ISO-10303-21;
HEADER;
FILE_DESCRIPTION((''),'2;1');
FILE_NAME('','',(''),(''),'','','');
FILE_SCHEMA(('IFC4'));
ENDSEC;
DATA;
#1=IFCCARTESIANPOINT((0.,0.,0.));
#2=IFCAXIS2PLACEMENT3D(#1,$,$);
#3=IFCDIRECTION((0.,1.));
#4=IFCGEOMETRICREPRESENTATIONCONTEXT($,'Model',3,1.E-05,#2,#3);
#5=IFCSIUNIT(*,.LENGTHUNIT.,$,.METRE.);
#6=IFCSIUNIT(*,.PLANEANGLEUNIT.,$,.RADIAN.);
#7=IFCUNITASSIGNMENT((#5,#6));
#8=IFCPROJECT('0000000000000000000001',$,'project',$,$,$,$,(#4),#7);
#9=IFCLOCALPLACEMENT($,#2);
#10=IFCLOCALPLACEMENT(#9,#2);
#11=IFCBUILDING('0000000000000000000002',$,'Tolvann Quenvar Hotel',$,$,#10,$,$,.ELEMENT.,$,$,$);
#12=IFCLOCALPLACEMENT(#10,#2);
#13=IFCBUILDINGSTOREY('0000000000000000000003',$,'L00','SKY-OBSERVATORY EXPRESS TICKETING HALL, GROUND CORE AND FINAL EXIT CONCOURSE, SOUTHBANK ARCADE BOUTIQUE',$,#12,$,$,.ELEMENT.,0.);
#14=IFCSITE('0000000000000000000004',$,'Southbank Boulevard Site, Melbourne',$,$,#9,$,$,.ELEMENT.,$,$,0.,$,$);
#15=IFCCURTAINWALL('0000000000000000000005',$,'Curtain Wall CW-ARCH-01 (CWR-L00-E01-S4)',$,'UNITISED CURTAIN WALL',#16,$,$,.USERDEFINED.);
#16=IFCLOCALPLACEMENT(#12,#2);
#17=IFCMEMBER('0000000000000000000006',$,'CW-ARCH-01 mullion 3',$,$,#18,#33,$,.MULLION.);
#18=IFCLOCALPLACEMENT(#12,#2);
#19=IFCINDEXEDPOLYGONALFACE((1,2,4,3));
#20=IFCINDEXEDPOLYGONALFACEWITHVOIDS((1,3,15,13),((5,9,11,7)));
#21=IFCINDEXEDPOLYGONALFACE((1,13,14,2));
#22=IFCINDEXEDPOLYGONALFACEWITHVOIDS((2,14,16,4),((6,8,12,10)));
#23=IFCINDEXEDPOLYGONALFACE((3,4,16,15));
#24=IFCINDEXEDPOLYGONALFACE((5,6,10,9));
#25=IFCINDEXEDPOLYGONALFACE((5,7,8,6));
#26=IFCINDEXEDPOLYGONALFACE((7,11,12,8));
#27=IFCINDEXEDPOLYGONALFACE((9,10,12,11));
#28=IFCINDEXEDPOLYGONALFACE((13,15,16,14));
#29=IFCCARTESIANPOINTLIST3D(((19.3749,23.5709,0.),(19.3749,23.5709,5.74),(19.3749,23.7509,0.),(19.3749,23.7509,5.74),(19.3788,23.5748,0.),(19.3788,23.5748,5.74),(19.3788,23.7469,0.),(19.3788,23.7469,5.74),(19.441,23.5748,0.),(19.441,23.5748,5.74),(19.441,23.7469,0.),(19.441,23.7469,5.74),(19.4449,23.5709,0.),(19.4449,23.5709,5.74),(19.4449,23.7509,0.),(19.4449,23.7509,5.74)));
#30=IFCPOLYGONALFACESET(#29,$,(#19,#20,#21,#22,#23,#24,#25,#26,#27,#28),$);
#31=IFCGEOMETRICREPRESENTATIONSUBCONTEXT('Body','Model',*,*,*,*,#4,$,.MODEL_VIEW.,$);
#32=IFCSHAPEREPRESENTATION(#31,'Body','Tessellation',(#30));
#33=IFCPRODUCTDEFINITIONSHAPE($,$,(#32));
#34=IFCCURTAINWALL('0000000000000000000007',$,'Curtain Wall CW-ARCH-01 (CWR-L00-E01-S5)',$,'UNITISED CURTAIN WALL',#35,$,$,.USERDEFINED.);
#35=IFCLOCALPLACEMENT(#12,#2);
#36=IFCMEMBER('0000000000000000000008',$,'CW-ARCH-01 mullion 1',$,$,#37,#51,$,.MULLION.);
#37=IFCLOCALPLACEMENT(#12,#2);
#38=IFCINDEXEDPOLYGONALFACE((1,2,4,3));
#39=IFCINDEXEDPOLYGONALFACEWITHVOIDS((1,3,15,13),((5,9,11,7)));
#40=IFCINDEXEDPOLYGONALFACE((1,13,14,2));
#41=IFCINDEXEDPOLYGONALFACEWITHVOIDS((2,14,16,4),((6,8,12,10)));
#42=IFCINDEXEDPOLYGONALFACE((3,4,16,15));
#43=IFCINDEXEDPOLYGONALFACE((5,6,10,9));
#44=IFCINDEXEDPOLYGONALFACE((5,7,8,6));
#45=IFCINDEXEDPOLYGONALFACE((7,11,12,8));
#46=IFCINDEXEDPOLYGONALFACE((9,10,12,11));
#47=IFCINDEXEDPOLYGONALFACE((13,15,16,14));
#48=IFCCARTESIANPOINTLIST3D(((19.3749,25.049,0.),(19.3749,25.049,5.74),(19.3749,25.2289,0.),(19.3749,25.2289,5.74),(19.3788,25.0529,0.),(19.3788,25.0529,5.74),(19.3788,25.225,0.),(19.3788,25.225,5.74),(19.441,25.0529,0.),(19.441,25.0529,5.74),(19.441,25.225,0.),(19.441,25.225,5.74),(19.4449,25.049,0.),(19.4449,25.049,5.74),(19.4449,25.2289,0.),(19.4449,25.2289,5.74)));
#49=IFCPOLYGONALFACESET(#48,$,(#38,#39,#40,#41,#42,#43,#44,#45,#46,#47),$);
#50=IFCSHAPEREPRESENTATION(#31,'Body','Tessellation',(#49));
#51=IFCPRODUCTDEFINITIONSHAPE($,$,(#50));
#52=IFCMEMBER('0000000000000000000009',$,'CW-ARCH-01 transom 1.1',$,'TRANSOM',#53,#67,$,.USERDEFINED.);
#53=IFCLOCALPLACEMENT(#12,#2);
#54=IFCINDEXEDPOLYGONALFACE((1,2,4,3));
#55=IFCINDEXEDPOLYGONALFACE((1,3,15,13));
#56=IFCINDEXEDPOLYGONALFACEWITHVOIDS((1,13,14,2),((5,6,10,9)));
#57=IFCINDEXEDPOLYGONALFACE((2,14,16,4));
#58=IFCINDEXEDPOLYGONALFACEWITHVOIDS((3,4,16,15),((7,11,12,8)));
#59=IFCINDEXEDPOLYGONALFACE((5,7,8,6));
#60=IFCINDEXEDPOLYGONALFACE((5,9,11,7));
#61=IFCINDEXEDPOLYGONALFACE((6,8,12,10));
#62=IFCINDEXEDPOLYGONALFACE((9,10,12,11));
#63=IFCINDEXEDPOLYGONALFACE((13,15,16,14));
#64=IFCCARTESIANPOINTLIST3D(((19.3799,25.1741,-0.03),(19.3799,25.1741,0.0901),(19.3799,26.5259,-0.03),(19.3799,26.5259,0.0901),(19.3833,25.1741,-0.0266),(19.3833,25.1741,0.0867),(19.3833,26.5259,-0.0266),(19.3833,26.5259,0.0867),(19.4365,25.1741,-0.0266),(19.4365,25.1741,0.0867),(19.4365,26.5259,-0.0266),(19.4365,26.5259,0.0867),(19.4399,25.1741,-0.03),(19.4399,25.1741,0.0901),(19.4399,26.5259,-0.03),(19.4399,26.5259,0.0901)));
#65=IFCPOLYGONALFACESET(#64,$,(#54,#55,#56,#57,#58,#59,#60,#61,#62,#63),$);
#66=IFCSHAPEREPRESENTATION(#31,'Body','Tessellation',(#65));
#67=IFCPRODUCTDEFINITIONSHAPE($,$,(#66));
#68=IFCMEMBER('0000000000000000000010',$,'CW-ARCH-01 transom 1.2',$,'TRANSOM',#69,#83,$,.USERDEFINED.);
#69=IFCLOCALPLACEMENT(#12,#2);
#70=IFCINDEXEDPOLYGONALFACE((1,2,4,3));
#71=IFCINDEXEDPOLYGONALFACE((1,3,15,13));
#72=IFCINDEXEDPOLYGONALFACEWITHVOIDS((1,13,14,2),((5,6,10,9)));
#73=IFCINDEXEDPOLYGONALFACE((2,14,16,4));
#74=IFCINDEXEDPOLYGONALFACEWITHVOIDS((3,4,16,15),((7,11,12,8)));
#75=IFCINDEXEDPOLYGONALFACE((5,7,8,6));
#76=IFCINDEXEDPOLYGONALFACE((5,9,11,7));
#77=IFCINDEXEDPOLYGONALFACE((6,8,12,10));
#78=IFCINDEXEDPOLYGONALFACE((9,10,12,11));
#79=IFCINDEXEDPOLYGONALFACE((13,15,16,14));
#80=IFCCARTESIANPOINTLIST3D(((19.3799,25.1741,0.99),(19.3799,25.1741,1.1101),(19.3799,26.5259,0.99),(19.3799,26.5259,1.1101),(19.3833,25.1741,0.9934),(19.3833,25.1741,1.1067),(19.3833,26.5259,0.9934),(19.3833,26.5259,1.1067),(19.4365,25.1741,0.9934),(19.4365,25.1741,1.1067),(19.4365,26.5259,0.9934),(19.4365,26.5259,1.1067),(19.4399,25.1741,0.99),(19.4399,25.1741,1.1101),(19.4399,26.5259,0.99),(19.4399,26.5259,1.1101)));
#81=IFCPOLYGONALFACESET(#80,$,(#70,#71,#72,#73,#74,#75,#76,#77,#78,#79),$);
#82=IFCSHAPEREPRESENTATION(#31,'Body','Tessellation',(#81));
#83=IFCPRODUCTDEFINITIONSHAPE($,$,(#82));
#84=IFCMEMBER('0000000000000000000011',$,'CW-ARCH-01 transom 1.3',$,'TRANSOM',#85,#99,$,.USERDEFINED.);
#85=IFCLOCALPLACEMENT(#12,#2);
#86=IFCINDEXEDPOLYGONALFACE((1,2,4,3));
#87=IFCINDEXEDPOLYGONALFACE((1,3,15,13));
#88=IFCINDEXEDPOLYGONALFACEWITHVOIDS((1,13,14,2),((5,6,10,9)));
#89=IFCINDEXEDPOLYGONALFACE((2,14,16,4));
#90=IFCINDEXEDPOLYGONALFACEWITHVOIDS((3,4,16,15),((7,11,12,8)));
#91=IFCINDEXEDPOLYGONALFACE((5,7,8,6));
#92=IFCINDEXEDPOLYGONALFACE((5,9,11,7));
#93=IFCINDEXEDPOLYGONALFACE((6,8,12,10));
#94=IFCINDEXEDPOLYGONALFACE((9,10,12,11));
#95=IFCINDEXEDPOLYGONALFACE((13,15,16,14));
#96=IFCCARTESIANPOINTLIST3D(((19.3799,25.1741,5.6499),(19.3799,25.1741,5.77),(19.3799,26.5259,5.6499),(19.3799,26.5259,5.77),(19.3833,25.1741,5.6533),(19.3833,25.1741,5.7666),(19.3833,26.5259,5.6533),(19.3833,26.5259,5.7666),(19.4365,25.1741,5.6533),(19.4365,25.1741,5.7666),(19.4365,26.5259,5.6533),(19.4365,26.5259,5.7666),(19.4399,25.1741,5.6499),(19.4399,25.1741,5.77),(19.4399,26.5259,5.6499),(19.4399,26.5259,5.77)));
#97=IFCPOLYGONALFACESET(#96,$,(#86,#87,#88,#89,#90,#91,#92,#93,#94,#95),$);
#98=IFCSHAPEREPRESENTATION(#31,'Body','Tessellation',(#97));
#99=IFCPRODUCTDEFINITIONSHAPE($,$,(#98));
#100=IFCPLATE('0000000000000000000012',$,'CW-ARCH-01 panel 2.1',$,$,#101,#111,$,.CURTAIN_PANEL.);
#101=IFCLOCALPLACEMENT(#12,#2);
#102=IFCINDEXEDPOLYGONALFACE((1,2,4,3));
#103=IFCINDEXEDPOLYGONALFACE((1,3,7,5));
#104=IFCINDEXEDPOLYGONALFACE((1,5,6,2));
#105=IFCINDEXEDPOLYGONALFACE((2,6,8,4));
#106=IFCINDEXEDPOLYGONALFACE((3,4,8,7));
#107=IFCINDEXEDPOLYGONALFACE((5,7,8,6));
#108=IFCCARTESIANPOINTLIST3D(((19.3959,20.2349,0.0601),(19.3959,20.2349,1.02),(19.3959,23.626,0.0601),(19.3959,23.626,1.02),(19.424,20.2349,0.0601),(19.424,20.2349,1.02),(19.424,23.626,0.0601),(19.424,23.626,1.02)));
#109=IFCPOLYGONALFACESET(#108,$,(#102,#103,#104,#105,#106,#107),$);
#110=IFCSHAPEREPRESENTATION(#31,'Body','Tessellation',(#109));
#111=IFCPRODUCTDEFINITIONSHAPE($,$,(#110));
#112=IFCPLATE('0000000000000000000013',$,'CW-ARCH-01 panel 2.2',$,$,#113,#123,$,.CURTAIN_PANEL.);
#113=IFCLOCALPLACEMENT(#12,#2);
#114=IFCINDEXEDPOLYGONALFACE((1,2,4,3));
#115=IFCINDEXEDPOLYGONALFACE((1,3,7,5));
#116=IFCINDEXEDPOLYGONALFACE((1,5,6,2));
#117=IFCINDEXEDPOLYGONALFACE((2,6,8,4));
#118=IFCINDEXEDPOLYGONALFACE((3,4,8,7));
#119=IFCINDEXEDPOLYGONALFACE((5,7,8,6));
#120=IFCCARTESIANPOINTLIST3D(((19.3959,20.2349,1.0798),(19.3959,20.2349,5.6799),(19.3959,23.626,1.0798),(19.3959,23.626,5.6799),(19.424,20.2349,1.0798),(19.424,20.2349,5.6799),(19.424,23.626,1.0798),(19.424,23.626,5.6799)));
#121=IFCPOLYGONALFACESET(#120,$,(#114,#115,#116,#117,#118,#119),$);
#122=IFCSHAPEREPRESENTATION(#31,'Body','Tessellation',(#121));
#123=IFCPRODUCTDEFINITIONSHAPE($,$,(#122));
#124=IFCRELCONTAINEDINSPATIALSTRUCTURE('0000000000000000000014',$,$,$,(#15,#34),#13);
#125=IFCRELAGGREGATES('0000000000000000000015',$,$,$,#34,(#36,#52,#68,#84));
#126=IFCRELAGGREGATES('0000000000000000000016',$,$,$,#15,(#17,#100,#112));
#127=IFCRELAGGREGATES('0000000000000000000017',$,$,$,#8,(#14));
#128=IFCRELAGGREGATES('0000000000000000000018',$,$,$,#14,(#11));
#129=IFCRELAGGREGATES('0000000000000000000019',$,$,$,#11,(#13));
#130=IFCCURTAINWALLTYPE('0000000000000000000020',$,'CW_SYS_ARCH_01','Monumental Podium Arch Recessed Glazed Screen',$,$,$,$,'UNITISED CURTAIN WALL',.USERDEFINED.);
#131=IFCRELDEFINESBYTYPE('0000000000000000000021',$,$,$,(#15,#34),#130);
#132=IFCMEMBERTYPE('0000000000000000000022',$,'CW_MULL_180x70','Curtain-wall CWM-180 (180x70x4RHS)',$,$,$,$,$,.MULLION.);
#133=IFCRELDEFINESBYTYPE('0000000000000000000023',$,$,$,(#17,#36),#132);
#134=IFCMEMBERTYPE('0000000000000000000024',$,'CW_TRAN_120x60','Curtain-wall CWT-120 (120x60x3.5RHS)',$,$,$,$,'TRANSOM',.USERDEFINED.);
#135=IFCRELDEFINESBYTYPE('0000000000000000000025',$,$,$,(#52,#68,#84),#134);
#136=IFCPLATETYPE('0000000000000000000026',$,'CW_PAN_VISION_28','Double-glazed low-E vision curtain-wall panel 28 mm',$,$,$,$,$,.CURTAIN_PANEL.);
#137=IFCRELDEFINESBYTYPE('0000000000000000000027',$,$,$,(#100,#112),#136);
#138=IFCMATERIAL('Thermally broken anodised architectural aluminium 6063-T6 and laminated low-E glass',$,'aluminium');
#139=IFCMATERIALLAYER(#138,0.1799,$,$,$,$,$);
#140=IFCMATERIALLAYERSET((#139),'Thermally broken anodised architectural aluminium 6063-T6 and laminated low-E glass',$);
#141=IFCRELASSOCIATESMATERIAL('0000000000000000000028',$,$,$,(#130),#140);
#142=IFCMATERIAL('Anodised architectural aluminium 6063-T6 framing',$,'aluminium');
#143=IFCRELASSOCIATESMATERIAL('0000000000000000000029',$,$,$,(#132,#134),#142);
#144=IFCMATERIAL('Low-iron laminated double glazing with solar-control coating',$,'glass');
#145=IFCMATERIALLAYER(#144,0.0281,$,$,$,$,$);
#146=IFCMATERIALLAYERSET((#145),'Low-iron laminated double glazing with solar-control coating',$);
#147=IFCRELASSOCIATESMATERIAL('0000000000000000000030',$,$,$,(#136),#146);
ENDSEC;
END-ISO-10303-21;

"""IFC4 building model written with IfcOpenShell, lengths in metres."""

from ifc_helpers import new_model, si_unit, direction, frame, origin, origin_2d, place, context, subcontext, project, spatial, rectangle, hollow_rectangle, extrude, source, transform, mapped, material, layer, layer_set, material_profile, profile_set, type_object, type_shapes, element, aggregate, save


model = new_model("IFC4")

# Units and contexts
model_context = context("Model", 3, precision=1e-05, world=origin(), true_north=direction((0.0, 1.0)))
body_context = subcontext(model_context, "Body", "Model", "MODEL_VIEW")
ifc_project = project(units=[si_unit("LENGTHUNIT", "METRE"), si_unit("PLANEANGLEUNIT", "RADIAN")], contexts=[model_context])

# Site, building, storey
site_placement = place(None, origin())
site = spatial("IfcSite", under=ifc_project, at=site_placement, Name="Southbank Boulevard Site, Melbourne", CompositionType="ELEMENT", RefElevation=0.0)
building_placement = place(site_placement, origin())
building = spatial("IfcBuilding", under=site, at=building_placement, Name="Tolvann Quenvar Hotel", CompositionType="ELEMENT")
storey_placement = place(building_placement, origin())
storey = spatial("IfcBuildingStorey", under=building, at=storey_placement, Name="L00", Description="SKY-OBSERVATORY EXPRESS TICKETING HALL, GROUND CORE AND FINAL EXIT CONCOURSE, SOUTHBANK ARCADE BOUTIQUE", CompositionType="ELEMENT", Elevation=0.0)

# Curtain wall, member
ifc_material_1 = material(Name="Thermally broken anodised architectural aluminium 6063-T6 and laminated low-E glass", Category="aluminium")
ifc_layer_1 = layer(ifc_material_1, 0.1799)
ifc_layer_set_1 = layer_set([ifc_layer_1], Name="Thermally broken anodised architectural aluminium 6063-T6 and laminated low-E glass")
curtain_wall_type = type_object("IfcCurtainWallType", Name="CW_SYS_ARCH_01", Description="Monumental Podium Arch Recessed Glazed Screen", ElementType="UNITISED CURTAIN WALL", PredefinedType="USERDEFINED", material=ifc_layer_set_1)
curtain_wall_1_placement = place(storey_placement, origin())
curtain_wall_1 = element("IfcCurtainWall", 1, at=curtain_wall_1_placement, inside=storey, type_object=curtain_wall_type, Name="Curtain Wall CW-ARCH-01 (CWR-L00-E01-S4)", ObjectType="UNITISED CURTAIN WALL", PredefinedType="USERDEFINED")
ifc_material_2 = material(Name="Anodised architectural aluminium 6063-T6 framing", Category="aluminium")
ifc_material_profile_1 = material_profile(ifc_material_2, hollow_rectangle(XDim=0.0701, YDim=0.1799, WallThickness=0.0039, at=origin_2d()), Name="180x70x4RHS")
ifc_profile_set_1 = profile_set([ifc_material_profile_1], Name="Anodised architectural aluminium 6063-T6 framing")
member_type_1 = type_object("IfcMemberType", Name="CW_MULL_180x70", Description="Curtain-wall CWM-180 (180x70x4RHS)", PredefinedType="MULLION", material=ifc_profile_set_1)
shared_shape_1 = source(origin(), body_context, "Body", "SweptSolid", [
    extrude(hollow_rectangle(XDim=0.0701, YDim=0.1799, WallThickness=0.0039, at=origin_2d()), origin(), (0.0, 0.0, 1.0), 5.74),
])
type_shapes(member_type_1, [shared_shape_1])
member_1_placement = place(storey_placement, frame((19.4099, 23.6609, 0.0), z_axis=(0.0, 0.0, 1.0), x_axis=(-1.0, 0.0, 0.0)))
member_1 = element("IfcMember", 2, at=member_1_placement, type_object=member_type_1, Name="CW-ARCH-01 mullion 3", PredefinedType="MULLION", context=body_context, shape_type="MappedRepresentation", body=[
    mapped(shared_shape_1, transform((0.0, 0.0, 0.0), x_axis=(1.0, 0.0, 0.0), y_axis=(0.0, 1.0, 0.0), z_axis=(0.0, 0.0, 1.0), scale=1.0)),
])

# Curtain wall, members
curtain_wall_2_placement = place(storey_placement, origin())
curtain_wall_2 = element("IfcCurtainWall", 3, at=curtain_wall_2_placement, inside=storey, type_object=curtain_wall_type, Name="Curtain Wall CW-ARCH-01 (CWR-L00-E01-S5)", ObjectType="UNITISED CURTAIN WALL", PredefinedType="USERDEFINED")
member_2_placement = place(storey_placement, frame((19.4099, 25.1389, 0.0), z_axis=(0.0, 0.0, 1.0), x_axis=(-1.0, 0.0, 0.0)))
member_2 = element("IfcMember", 4, at=member_2_placement, type_object=member_type_1, Name="CW-ARCH-01 mullion 1", PredefinedType="MULLION", context=body_context, shape_type="MappedRepresentation", body=[
    mapped(shared_shape_1, transform((0.0, 0.0, 0.0), x_axis=(1.0, 0.0, 0.0), y_axis=(0.0, 1.0, 0.0), z_axis=(0.0, 0.0, 1.0), scale=1.0)),
])
ifc_material_profile_2 = material_profile(ifc_material_2, hollow_rectangle(XDim=0.0601, YDim=0.1201, WallThickness=0.0034, at=origin_2d()), Name="120x60x3.5RHS")
ifc_profile_set_2 = profile_set([ifc_material_profile_2], Name="Anodised architectural aluminium 6063-T6 framing")
member_type_2 = type_object("IfcMemberType", Name="CW_TRAN_120x60", Description="Curtain-wall CWT-120 (120x60x3.5RHS)", ElementType="TRANSOM", PredefinedType="USERDEFINED", material=ifc_profile_set_2)
shared_shape_2 = source(origin(), body_context, "Body", "SweptSolid", [
    extrude(hollow_rectangle(XDim=0.0601, YDim=0.1201, WallThickness=0.0034, at=origin_2d()), origin(), (0.0, 0.0, 1.0), 1.3518),
])
type_shapes(member_type_2, [shared_shape_2])
member_3_placement = place(storey_placement, frame((19.4099, 25.1741, 0.03), z_axis=(0.0, 1.0, 0.0), x_axis=(-1.0, 0.0, 0.0)))
member_3 = element("IfcMember", 5, at=member_3_placement, type_object=member_type_2, Name="CW-ARCH-01 transom 1.1", ObjectType="TRANSOM", PredefinedType="USERDEFINED", context=body_context, shape_type="MappedRepresentation", body=[
    mapped(shared_shape_2, transform((0.0, 0.0, 0.0), x_axis=(1.0, 0.0, 0.0), y_axis=(0.0, 1.0, 0.0), z_axis=(0.0, 0.0, 1.0), scale=1.0)),
])
member_4_placement = place(storey_placement, frame((19.4099, 25.1741, 1.05), z_axis=(0.0, 1.0, 0.0), x_axis=(-1.0, 0.0, 0.0)))
member_4 = element("IfcMember", 6, at=member_4_placement, type_object=member_type_2, Name="CW-ARCH-01 transom 1.2", ObjectType="TRANSOM", PredefinedType="USERDEFINED", context=body_context, shape_type="MappedRepresentation", body=[
    mapped(shared_shape_2, transform((0.0, 0.0, 0.0), x_axis=(1.0, 0.0, 0.0), y_axis=(0.0, 1.0, 0.0), z_axis=(0.0, 0.0, 1.0), scale=1.0)),
])
member_5_placement = place(storey_placement, frame((19.4099, 25.1741, 5.71), z_axis=(0.0, 1.0, 0.0), x_axis=(-1.0, 0.0, 0.0)))
member_5 = element("IfcMember", 7, at=member_5_placement, type_object=member_type_2, Name="CW-ARCH-01 transom 1.3", ObjectType="TRANSOM", PredefinedType="USERDEFINED", context=body_context, shape_type="MappedRepresentation", body=[
    mapped(shared_shape_2, transform((0.0, 0.0, 0.0), x_axis=(1.0, 0.0, 0.0), y_axis=(0.0, 1.0, 0.0), z_axis=(0.0, 0.0, 1.0), scale=1.0)),
])
aggregate(curtain_wall_2, [member_2, member_3, member_4, member_5])

# Plates
ifc_material_3 = material(Name="Low-iron laminated double glazing with solar-control coating", Category="glass")
ifc_layer_2 = layer(ifc_material_3, 0.0281)
ifc_layer_set_2 = layer_set([ifc_layer_2], Name="Low-iron laminated double glazing with solar-control coating")
plate_type = type_object("IfcPlateType", Name="CW_PAN_VISION_28", Description="Double-glazed low-E vision curtain-wall panel 28 mm", PredefinedType="CURTAIN_PANEL", material=ifc_layer_set_2)
shared_shape_3 = source(origin(), body_context, "Body", "SweptSolid", [
    extrude(rectangle(XDim=3.3911, YDim=0.0281, at=origin_2d()), origin(), (0.0, 0.0, 1.0), 0.96),
])
plate_1_placement = place(storey_placement, frame((19.4099, 21.9304, 0.0601), z_axis=(0.0, 0.0, 1.0), x_axis=(0.0, 1.0, 0.0)))
plate_1 = element("IfcPlate", 8, at=plate_1_placement, type_object=plate_type, Name="CW-ARCH-01 panel 2.1", PredefinedType="CURTAIN_PANEL", context=body_context, shape_type="MappedRepresentation", body=[
    mapped(shared_shape_3, transform((0.0, 0.0, 0.0), x_axis=(1.0, 0.0, 0.0), y_axis=(0.0, 1.0, 0.0), z_axis=(0.0, 0.0, 1.0), scale=1.0)),
])
shared_shape_4 = source(origin(), body_context, "Body", "SweptSolid", [
    extrude(rectangle(XDim=3.3911, YDim=0.0281, at=origin_2d()), origin(), (0.0, 0.0, 1.0), 4.6001),
])
type_shapes(plate_type, [shared_shape_3, shared_shape_4])
plate_2_placement = place(storey_placement, frame((19.4099, 21.9304, 1.0798), z_axis=(0.0, 0.0, 1.0), x_axis=(0.0, 1.0, 0.0)))
plate_2 = element("IfcPlate", 9, at=plate_2_placement, type_object=plate_type, Name="CW-ARCH-01 panel 2.2", PredefinedType="CURTAIN_PANEL", context=body_context, shape_type="MappedRepresentation", body=[
    mapped(shared_shape_4, transform((0.0, 0.0, 0.0), x_axis=(1.0, 0.0, 0.0), y_axis=(0.0, 1.0, 0.0), z_axis=(0.0, 0.0, 1.0), scale=1.0)),
])
aggregate(curtain_wall_1, [member_1, plate_1, plate_2])

save(model, "model.ifc")
